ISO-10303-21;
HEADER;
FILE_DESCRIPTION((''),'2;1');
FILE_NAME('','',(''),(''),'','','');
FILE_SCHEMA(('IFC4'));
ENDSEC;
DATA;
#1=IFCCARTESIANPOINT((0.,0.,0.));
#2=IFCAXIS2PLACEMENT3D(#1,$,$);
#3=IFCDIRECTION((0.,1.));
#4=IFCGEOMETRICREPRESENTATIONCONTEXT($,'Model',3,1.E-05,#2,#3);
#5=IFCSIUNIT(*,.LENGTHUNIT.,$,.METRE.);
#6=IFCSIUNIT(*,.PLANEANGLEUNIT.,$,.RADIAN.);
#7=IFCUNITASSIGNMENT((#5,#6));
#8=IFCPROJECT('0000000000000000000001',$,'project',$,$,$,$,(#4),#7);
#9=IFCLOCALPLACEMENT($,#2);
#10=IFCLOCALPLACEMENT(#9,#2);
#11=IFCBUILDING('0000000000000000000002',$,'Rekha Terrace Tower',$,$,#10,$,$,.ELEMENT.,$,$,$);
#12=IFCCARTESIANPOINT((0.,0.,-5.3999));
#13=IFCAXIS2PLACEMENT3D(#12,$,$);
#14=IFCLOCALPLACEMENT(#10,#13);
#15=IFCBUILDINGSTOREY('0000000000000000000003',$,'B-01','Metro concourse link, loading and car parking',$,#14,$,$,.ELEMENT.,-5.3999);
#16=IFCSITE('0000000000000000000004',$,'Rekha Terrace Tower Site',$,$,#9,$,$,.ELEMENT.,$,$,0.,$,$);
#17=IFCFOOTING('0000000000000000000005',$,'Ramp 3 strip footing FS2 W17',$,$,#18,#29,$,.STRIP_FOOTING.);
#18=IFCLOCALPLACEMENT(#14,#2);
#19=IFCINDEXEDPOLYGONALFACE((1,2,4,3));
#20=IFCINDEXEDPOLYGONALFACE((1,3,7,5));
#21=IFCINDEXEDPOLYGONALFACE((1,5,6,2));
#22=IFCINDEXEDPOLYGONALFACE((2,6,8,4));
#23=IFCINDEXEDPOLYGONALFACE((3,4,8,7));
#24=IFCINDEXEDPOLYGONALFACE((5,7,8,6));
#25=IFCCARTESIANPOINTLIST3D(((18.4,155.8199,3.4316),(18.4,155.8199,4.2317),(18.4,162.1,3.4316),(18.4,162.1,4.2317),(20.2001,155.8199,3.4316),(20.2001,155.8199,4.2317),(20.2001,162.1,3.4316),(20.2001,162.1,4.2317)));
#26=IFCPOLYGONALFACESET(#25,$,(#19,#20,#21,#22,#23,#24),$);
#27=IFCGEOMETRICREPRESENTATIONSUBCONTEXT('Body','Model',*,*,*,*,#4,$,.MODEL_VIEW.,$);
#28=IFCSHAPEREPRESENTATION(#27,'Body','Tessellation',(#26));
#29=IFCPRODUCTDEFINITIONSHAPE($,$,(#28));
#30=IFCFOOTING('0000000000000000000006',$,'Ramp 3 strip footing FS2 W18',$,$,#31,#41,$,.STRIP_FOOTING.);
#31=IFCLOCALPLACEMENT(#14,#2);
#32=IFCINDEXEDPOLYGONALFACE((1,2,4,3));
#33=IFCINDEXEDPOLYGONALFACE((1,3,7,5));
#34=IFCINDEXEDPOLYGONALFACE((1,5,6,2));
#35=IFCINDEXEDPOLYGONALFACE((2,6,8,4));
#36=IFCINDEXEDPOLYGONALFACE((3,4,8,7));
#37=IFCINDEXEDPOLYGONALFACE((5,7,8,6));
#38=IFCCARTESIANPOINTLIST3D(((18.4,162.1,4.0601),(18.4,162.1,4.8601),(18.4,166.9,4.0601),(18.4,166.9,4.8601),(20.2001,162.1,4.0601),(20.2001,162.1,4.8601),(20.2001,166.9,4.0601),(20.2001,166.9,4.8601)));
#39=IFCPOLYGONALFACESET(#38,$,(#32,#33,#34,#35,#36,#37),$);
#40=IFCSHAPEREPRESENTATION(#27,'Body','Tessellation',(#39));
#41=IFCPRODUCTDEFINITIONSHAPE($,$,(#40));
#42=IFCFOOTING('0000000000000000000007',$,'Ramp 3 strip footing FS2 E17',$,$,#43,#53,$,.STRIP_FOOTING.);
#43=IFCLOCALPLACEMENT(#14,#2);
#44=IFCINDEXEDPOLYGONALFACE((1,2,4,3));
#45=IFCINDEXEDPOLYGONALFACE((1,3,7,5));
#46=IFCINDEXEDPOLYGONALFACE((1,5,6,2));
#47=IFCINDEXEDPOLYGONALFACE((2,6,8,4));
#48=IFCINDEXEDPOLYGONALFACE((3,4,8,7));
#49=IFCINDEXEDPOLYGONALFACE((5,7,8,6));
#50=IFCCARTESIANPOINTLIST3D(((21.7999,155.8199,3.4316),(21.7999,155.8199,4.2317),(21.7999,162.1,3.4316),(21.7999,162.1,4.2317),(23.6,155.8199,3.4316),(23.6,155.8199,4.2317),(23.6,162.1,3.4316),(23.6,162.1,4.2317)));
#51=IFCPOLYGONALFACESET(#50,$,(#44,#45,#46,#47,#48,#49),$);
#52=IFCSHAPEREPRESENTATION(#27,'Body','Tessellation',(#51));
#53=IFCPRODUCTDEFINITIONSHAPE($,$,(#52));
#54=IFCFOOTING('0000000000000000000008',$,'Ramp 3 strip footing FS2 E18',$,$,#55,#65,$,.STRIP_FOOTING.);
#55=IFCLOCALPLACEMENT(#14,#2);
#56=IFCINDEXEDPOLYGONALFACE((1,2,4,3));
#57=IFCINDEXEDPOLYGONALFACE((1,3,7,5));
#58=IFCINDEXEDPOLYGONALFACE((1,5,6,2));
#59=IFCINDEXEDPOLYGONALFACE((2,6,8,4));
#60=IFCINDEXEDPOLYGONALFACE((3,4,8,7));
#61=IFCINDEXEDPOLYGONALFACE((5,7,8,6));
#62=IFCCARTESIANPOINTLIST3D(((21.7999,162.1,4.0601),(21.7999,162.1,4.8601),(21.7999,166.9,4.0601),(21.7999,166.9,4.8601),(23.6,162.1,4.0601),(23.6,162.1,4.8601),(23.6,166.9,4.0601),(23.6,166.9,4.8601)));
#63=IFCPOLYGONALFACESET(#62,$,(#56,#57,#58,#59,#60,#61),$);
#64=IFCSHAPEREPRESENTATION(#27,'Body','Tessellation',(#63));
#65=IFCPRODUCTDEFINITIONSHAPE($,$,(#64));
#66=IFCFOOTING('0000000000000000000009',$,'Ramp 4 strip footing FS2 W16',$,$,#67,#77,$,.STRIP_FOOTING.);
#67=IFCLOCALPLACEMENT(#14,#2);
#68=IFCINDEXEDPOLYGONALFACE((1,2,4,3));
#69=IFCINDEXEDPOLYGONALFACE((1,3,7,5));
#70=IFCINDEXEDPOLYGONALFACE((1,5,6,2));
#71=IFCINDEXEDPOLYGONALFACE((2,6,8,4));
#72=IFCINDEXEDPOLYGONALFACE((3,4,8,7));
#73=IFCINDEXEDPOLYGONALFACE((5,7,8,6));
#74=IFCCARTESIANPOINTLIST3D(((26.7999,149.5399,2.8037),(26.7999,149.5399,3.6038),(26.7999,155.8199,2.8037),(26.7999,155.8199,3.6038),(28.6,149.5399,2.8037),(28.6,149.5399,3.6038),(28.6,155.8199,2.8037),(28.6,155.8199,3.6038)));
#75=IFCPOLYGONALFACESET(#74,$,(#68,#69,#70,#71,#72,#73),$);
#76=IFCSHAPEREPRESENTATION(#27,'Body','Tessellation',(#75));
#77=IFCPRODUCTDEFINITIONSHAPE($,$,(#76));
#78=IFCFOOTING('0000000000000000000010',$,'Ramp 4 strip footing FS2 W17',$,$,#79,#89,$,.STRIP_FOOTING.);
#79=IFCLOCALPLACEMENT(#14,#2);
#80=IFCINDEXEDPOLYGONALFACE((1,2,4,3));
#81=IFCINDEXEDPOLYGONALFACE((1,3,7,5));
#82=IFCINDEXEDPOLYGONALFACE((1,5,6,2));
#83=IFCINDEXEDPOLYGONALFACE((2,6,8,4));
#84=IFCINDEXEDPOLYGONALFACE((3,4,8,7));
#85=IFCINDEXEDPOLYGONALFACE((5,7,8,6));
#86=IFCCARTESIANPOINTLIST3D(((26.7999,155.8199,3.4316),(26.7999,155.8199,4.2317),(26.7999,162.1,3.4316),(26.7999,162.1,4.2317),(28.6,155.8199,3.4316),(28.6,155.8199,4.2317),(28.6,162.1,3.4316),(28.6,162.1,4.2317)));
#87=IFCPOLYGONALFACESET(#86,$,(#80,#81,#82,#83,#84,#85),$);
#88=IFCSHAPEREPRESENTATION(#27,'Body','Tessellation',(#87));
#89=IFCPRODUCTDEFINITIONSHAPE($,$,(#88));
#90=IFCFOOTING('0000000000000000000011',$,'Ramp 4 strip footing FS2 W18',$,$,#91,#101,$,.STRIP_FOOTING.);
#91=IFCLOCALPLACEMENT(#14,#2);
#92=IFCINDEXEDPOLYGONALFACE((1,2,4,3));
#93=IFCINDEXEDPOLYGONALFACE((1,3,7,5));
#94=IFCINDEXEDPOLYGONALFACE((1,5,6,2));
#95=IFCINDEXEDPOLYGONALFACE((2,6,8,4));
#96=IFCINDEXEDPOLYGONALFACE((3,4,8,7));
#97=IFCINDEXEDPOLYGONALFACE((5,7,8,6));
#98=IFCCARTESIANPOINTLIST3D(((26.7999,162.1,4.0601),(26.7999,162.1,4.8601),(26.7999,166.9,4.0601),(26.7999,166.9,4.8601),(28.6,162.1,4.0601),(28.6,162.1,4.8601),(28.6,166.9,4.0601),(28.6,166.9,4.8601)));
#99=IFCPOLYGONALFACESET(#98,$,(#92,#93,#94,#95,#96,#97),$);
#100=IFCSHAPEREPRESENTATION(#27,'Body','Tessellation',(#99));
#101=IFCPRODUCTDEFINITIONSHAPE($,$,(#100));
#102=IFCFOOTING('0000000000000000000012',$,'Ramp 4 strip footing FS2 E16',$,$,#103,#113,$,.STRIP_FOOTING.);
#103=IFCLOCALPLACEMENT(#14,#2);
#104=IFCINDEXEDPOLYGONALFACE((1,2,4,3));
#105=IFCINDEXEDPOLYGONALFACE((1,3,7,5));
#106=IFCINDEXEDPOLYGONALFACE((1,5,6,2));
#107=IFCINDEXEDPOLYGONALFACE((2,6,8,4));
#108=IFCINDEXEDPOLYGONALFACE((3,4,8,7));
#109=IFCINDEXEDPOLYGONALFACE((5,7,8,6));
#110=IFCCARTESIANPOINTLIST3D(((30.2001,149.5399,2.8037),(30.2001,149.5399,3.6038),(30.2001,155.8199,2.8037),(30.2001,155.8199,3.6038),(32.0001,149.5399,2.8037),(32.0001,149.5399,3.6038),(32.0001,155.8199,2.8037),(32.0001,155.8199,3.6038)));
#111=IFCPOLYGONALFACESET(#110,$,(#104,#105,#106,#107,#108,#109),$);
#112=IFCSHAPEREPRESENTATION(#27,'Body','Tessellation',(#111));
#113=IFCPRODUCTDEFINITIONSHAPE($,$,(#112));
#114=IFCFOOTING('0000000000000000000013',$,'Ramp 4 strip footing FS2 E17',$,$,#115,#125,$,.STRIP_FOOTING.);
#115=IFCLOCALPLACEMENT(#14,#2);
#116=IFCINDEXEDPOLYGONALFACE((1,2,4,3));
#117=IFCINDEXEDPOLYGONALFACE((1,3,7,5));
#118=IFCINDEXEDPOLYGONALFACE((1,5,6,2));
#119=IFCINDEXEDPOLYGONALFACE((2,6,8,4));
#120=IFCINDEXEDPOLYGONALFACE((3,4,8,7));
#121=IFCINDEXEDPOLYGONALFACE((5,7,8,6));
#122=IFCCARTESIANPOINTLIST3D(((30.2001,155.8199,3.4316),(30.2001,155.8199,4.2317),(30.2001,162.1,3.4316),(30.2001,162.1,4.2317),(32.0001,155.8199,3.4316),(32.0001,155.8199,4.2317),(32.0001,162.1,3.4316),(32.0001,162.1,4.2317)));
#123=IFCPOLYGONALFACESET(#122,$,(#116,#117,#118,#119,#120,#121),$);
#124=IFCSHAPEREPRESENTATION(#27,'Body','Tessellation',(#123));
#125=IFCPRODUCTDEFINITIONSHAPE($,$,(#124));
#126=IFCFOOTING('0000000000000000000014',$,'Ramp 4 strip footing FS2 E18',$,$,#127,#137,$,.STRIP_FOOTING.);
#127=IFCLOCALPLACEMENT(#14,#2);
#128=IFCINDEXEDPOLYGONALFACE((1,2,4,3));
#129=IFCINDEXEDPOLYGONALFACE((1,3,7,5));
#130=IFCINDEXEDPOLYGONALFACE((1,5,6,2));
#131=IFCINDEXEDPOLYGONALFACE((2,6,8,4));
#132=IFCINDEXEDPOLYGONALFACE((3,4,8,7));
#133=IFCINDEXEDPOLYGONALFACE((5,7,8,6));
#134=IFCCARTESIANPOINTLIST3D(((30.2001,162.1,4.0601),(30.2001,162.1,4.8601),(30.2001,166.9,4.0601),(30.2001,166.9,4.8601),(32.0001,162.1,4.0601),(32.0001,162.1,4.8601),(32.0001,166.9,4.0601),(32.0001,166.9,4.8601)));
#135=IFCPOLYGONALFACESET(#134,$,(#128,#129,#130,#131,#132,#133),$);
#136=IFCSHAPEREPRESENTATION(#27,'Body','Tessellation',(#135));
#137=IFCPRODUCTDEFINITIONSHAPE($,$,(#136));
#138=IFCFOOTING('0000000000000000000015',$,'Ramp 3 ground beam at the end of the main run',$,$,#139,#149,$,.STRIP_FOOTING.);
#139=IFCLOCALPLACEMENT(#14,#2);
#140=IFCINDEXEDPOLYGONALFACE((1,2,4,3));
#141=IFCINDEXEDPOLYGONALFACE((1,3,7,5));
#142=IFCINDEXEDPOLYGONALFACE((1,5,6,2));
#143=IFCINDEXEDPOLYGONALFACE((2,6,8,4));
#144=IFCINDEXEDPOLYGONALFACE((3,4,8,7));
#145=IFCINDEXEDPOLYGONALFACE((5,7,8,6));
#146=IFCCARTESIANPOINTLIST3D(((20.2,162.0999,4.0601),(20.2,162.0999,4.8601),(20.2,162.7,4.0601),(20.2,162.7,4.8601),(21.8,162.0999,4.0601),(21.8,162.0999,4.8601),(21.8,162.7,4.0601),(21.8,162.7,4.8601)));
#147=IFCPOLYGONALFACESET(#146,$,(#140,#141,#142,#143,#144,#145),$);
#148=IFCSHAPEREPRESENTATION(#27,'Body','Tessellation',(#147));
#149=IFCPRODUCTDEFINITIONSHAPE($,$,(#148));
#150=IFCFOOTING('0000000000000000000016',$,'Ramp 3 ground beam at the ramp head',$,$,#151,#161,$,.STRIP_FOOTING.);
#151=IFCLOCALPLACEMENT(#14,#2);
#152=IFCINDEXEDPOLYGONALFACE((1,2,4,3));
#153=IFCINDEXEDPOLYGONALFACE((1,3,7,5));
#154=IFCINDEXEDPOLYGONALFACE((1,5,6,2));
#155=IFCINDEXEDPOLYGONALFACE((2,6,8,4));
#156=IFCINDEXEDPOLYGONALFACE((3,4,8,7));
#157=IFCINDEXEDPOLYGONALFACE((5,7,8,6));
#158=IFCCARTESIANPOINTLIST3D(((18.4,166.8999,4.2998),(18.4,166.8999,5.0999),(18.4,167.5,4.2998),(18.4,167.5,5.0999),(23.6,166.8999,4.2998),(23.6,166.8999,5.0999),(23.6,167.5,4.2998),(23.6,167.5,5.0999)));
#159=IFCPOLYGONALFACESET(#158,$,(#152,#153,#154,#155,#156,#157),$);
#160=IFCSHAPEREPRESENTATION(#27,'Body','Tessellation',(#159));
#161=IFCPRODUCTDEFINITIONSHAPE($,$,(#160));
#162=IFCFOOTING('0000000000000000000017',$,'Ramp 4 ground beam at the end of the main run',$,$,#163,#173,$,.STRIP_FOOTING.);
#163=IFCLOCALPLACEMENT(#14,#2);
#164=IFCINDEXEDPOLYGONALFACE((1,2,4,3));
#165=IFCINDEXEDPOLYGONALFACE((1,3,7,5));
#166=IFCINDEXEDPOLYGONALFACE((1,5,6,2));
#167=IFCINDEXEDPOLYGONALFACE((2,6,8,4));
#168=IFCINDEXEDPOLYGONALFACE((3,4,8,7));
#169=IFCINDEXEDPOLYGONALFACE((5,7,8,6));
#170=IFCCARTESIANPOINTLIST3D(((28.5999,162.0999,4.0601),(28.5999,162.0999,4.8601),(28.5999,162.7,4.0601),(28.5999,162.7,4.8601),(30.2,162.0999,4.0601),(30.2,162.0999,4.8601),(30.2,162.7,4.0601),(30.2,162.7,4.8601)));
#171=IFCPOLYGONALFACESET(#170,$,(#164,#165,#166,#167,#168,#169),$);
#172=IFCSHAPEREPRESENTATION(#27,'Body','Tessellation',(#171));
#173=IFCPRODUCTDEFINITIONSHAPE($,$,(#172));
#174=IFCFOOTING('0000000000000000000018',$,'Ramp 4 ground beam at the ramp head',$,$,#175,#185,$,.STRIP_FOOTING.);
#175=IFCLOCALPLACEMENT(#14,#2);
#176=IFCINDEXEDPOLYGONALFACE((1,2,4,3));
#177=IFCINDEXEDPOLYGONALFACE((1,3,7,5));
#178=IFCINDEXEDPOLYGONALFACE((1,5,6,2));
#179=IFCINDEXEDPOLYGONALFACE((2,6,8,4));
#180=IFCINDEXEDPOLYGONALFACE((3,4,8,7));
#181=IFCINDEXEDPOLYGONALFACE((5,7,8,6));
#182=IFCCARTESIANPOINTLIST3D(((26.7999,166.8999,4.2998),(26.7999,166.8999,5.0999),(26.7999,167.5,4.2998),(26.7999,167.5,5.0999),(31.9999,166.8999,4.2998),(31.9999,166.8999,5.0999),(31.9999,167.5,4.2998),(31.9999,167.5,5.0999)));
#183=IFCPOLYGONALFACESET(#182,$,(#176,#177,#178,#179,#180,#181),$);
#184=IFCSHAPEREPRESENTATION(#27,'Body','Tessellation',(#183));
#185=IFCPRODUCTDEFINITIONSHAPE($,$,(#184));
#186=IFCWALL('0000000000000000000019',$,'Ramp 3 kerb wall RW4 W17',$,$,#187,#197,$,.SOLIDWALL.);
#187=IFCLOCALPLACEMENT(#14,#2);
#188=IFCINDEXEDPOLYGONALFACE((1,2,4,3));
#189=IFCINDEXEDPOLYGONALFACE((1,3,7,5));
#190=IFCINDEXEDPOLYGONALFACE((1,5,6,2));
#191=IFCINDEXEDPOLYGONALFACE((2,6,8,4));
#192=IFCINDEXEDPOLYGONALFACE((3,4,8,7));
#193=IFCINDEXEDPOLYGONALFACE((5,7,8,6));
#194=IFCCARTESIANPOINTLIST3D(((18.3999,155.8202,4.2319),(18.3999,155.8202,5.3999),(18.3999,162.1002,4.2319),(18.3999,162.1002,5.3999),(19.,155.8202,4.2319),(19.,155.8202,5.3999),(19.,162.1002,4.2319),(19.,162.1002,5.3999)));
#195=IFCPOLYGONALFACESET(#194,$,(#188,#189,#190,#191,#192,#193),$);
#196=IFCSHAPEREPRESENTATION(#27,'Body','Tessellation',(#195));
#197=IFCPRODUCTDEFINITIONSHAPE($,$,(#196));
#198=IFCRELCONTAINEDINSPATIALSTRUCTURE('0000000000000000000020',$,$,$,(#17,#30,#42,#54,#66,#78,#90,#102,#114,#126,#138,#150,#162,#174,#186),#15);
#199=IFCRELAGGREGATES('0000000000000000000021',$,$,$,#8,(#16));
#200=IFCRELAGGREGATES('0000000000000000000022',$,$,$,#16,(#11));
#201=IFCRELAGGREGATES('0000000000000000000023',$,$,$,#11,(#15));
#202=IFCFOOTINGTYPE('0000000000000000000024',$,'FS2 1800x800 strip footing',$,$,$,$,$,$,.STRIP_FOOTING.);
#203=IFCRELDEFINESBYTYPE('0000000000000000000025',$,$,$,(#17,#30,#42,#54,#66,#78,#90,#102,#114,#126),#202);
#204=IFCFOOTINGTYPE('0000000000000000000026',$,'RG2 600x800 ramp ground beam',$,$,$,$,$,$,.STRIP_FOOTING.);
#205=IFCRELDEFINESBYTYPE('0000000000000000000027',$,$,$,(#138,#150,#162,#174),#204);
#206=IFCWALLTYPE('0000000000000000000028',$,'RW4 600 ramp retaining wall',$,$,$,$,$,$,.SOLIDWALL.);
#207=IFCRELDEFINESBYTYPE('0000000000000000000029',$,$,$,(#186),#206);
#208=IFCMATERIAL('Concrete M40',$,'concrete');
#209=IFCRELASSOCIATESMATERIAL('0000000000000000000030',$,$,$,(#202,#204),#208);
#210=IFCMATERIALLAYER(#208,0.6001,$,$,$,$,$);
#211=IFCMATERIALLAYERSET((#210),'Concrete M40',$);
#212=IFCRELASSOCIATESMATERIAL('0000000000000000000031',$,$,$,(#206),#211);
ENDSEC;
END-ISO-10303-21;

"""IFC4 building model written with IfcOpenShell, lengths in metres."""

from ifc_helpers import new_model, si_unit, direction, frame, frame_2d, origin, origin_2d, place, context, subcontext, project, spatial, rectangle, extrude, material, layer, layer_set, type_object, element, save


model = new_model("IFC4")

# Units and contexts
model_context = context("Model", 3, precision=1e-05, world=origin(), true_north=direction((0.0, 1.0)))
body_context = subcontext(model_context, "Body", "Model", "MODEL_VIEW")
ifc_project = project(units=[si_unit("LENGTHUNIT", "METRE"), si_unit("PLANEANGLEUNIT", "RADIAN")], contexts=[model_context])

# Site, building, storey
site_placement = place(None, origin())
site = spatial("IfcSite", under=ifc_project, at=site_placement, Name="Rekha Terrace Tower Site", CompositionType="ELEMENT", RefElevation=0.0)
building_placement = place(site_placement, origin())
building = spatial("IfcBuilding", under=site, at=building_placement, Name="Rekha Terrace Tower", CompositionType="ELEMENT")
storey_placement = place(building_placement, frame((0.0, 0.0, -5.3999)))
storey = spatial("IfcBuildingStorey", under=building, at=storey_placement, Name="B-01", Description="Metro concourse link, loading and car parking", CompositionType="ELEMENT", Elevation=-5.3999)

# Footings
ifc_material = material(Name="Concrete M40", Category="concrete")
footing_type_1 = type_object("IfcFootingType", Name="FS2 1800x800 strip footing", PredefinedType="STRIP_FOOTING", material=ifc_material)
footing_1_placement = place(storey_placement, frame((19.3, 158.96, 3.4316), z_axis=(0.0, 0.0, 1.0), x_axis=(1.0, 0.0, 0.0)))
element("IfcFooting", 1, at=footing_1_placement, inside=storey, type_object=footing_type_1, Name="Ramp 3 strip footing FS2 W17", PredefinedType="STRIP_FOOTING", context=body_context, shape_type="SweptSolid", body=[
    extrude(rectangle(XDim=1.8, YDim=6.28, at=origin_2d()), origin(), (0.0, 0.0, 1.0), 0.8),
])
footing_2_placement = place(storey_placement, frame((19.3, 164.5, 4.0601), z_axis=(0.0, 0.0, 1.0), x_axis=(1.0, 0.0, 0.0)))
element("IfcFooting", 2, at=footing_2_placement, inside=storey, type_object=footing_type_1, Name="Ramp 3 strip footing FS2 W18", PredefinedType="STRIP_FOOTING", context=body_context, shape_type="SweptSolid", body=[
    extrude(rectangle(XDim=1.8, YDim=4.8, at=origin_2d()), origin(), (0.0, 0.0, 1.0), 0.8),
])
footing_3_placement = place(storey_placement, frame((22.7, 158.96, 3.4316), z_axis=(0.0, 0.0, 1.0), x_axis=(1.0, 0.0, 0.0)))
element("IfcFooting", 3, at=footing_3_placement, inside=storey, type_object=footing_type_1, Name="Ramp 3 strip footing FS2 E17", PredefinedType="STRIP_FOOTING", context=body_context, shape_type="SweptSolid", body=[
    extrude(rectangle(XDim=1.8, YDim=6.28, at=origin_2d()), origin(), (0.0, 0.0, 1.0), 0.8),
])
footing_4_placement = place(storey_placement, frame((22.7, 164.5, 4.0601), z_axis=(0.0, 0.0, 1.0), x_axis=(1.0, 0.0, 0.0)))
element("IfcFooting", 4, at=footing_4_placement, inside=storey, type_object=footing_type_1, Name="Ramp 3 strip footing FS2 E18", PredefinedType="STRIP_FOOTING", context=body_context, shape_type="SweptSolid", body=[
    extrude(rectangle(XDim=1.8, YDim=4.8, at=origin_2d()), origin(), (0.0, 0.0, 1.0), 0.8),
])
for number, where, z_axis, x_axis, name in (
    (5, (27.7, 152.6799, 2.8037), (0.0, 0.0, 1.0), (1.0, 0.0, 0.0), "Ramp 4 strip footing FS2 W16"),
    (6, (27.7, 158.96, 3.4316), (0.0, 0.0, 1.0), (1.0, 0.0, 0.0), "Ramp 4 strip footing FS2 W17"),
):
    element("IfcFooting", number, at=place(storey_placement, frame(where, z_axis=z_axis, x_axis=x_axis)), inside=storey, type_object=footing_type_1, Name=name, PredefinedType="STRIP_FOOTING", context=body_context, shape_type="SweptSolid", body=[
        extrude(rectangle(XDim=1.8, YDim=6.28, at=origin_2d()), origin(), (0.0, 0.0, 1.0), 0.8),
    ])
footing_5_placement = place(storey_placement, frame((27.7, 164.5, 4.0601), z_axis=(0.0, 0.0, 1.0), x_axis=(1.0, 0.0, 0.0)))
element("IfcFooting", 7, at=footing_5_placement, inside=storey, type_object=footing_type_1, Name="Ramp 4 strip footing FS2 W18", PredefinedType="STRIP_FOOTING", context=body_context, shape_type="SweptSolid", body=[
    extrude(rectangle(XDim=1.8, YDim=4.8, at=origin_2d()), origin(), (0.0, 0.0, 1.0), 0.8),
])
for number, where, z_axis, x_axis, name in (
    (8, (31.1001, 152.6799, 2.8037), (0.0, 0.0, 1.0), (1.0, 0.0, 0.0), "Ramp 4 strip footing FS2 E16"),
    (9, (31.1001, 158.96, 3.4316), (0.0, 0.0, 1.0), (1.0, 0.0, 0.0), "Ramp 4 strip footing FS2 E17"),
):
    element("IfcFooting", number, at=place(storey_placement, frame(where, z_axis=z_axis, x_axis=x_axis)), inside=storey, type_object=footing_type_1, Name=name, PredefinedType="STRIP_FOOTING", context=body_context, shape_type="SweptSolid", body=[
        extrude(rectangle(XDim=1.8, YDim=6.28, at=origin_2d()), origin(), (0.0, 0.0, 1.0), 0.8),
    ])
footing_6_placement = place(storey_placement, frame((31.1001, 164.5, 4.0601), z_axis=(0.0, 0.0, 1.0), x_axis=(1.0, 0.0, 0.0)))
element("IfcFooting", 10, at=footing_6_placement, inside=storey, type_object=footing_type_1, Name="Ramp 4 strip footing FS2 E18", PredefinedType="STRIP_FOOTING", context=body_context, shape_type="SweptSolid", body=[
    extrude(rectangle(XDim=1.8, YDim=4.8, at=origin_2d()), origin(), (0.0, 0.0, 1.0), 0.8),
])
footing_type_2 = type_object("IfcFootingType", Name="RG2 600x800 ramp ground beam", PredefinedType="STRIP_FOOTING", material=ifc_material)
footing_7_placement = place(storey_placement, frame((21.0, 162.3999, 4.0601), z_axis=(0.0, 0.0, 1.0), x_axis=(1.0, 0.0, 0.0)))
element("IfcFooting", 11, at=footing_7_placement, inside=storey, type_object=footing_type_2, Name="Ramp 3 ground beam at the end of the main run", PredefinedType="STRIP_FOOTING", context=body_context, shape_type="SweptSolid", body=[
    extrude(rectangle(XDim=1.6001, YDim=0.6001, at=origin_2d()), origin(), (0.0, 0.0, 1.0), 0.8),
])
footing_8_placement = place(storey_placement, frame((21.0, 167.2, 4.2998), z_axis=(0.0, 0.0, 1.0), x_axis=(1.0, 0.0, 0.0)))
element("IfcFooting", 12, at=footing_8_placement, inside=storey, type_object=footing_type_2, Name="Ramp 3 ground beam at the ramp head", PredefinedType="STRIP_FOOTING", context=body_context, shape_type="SweptSolid", body=[
    extrude(rectangle(XDim=5.2, YDim=0.6001, at=origin_2d()), origin(), (0.0, 0.0, 1.0), 0.8),
])
footing_9_placement = place(storey_placement, frame((29.3999, 162.3999, 4.0601), z_axis=(0.0, 0.0, 1.0), x_axis=(1.0, 0.0, 0.0)))
element("IfcFooting", 13, at=footing_9_placement, inside=storey, type_object=footing_type_2, Name="Ramp 4 ground beam at the end of the main run", PredefinedType="STRIP_FOOTING", context=body_context, shape_type="SweptSolid", body=[
    extrude(rectangle(XDim=1.6001, YDim=0.6001, at=origin_2d()), origin(), (0.0, 0.0, 1.0), 0.8),
])
footing_10_placement = place(storey_placement, frame((29.3999, 167.2, 4.2998), z_axis=(0.0, 0.0, 1.0), x_axis=(1.0, 0.0, 0.0)))
element("IfcFooting", 14, at=footing_10_placement, inside=storey, type_object=footing_type_2, Name="Ramp 4 ground beam at the ramp head", PredefinedType="STRIP_FOOTING", context=body_context, shape_type="SweptSolid", body=[
    extrude(rectangle(XDim=5.2, YDim=0.6001, at=origin_2d()), origin(), (0.0, 0.0, 1.0), 0.8),
])

# Wall
ifc_layer = layer(ifc_material, 0.6001)
ifc_layer_set = layer_set([ifc_layer], Name="Concrete M40")
wall_type = type_object("IfcWallType", Name="RW4 600 ramp retaining wall", PredefinedType="SOLIDWALL", material=ifc_layer_set)
wall_1_placement = place(storey_placement, frame((18.7, 155.8201, 4.2319), z_axis=(0.0, 0.0, 1.0), x_axis=(0.0, 1.0, 0.0)))
element("IfcWall", 15, at=wall_1_placement, inside=storey, type_object=wall_type, Name="Ramp 3 kerb wall RW4 W17", PredefinedType="SOLIDWALL", context=body_context, shape_type="SweptSolid", body=[
    extrude(rectangle(XDim=6.28, YDim=0.6001, at=frame_2d((3.1401, 0.0))), origin(), (0.0, 0.0, 1.0), 1.168),
])

save(model, "model.ifc")
